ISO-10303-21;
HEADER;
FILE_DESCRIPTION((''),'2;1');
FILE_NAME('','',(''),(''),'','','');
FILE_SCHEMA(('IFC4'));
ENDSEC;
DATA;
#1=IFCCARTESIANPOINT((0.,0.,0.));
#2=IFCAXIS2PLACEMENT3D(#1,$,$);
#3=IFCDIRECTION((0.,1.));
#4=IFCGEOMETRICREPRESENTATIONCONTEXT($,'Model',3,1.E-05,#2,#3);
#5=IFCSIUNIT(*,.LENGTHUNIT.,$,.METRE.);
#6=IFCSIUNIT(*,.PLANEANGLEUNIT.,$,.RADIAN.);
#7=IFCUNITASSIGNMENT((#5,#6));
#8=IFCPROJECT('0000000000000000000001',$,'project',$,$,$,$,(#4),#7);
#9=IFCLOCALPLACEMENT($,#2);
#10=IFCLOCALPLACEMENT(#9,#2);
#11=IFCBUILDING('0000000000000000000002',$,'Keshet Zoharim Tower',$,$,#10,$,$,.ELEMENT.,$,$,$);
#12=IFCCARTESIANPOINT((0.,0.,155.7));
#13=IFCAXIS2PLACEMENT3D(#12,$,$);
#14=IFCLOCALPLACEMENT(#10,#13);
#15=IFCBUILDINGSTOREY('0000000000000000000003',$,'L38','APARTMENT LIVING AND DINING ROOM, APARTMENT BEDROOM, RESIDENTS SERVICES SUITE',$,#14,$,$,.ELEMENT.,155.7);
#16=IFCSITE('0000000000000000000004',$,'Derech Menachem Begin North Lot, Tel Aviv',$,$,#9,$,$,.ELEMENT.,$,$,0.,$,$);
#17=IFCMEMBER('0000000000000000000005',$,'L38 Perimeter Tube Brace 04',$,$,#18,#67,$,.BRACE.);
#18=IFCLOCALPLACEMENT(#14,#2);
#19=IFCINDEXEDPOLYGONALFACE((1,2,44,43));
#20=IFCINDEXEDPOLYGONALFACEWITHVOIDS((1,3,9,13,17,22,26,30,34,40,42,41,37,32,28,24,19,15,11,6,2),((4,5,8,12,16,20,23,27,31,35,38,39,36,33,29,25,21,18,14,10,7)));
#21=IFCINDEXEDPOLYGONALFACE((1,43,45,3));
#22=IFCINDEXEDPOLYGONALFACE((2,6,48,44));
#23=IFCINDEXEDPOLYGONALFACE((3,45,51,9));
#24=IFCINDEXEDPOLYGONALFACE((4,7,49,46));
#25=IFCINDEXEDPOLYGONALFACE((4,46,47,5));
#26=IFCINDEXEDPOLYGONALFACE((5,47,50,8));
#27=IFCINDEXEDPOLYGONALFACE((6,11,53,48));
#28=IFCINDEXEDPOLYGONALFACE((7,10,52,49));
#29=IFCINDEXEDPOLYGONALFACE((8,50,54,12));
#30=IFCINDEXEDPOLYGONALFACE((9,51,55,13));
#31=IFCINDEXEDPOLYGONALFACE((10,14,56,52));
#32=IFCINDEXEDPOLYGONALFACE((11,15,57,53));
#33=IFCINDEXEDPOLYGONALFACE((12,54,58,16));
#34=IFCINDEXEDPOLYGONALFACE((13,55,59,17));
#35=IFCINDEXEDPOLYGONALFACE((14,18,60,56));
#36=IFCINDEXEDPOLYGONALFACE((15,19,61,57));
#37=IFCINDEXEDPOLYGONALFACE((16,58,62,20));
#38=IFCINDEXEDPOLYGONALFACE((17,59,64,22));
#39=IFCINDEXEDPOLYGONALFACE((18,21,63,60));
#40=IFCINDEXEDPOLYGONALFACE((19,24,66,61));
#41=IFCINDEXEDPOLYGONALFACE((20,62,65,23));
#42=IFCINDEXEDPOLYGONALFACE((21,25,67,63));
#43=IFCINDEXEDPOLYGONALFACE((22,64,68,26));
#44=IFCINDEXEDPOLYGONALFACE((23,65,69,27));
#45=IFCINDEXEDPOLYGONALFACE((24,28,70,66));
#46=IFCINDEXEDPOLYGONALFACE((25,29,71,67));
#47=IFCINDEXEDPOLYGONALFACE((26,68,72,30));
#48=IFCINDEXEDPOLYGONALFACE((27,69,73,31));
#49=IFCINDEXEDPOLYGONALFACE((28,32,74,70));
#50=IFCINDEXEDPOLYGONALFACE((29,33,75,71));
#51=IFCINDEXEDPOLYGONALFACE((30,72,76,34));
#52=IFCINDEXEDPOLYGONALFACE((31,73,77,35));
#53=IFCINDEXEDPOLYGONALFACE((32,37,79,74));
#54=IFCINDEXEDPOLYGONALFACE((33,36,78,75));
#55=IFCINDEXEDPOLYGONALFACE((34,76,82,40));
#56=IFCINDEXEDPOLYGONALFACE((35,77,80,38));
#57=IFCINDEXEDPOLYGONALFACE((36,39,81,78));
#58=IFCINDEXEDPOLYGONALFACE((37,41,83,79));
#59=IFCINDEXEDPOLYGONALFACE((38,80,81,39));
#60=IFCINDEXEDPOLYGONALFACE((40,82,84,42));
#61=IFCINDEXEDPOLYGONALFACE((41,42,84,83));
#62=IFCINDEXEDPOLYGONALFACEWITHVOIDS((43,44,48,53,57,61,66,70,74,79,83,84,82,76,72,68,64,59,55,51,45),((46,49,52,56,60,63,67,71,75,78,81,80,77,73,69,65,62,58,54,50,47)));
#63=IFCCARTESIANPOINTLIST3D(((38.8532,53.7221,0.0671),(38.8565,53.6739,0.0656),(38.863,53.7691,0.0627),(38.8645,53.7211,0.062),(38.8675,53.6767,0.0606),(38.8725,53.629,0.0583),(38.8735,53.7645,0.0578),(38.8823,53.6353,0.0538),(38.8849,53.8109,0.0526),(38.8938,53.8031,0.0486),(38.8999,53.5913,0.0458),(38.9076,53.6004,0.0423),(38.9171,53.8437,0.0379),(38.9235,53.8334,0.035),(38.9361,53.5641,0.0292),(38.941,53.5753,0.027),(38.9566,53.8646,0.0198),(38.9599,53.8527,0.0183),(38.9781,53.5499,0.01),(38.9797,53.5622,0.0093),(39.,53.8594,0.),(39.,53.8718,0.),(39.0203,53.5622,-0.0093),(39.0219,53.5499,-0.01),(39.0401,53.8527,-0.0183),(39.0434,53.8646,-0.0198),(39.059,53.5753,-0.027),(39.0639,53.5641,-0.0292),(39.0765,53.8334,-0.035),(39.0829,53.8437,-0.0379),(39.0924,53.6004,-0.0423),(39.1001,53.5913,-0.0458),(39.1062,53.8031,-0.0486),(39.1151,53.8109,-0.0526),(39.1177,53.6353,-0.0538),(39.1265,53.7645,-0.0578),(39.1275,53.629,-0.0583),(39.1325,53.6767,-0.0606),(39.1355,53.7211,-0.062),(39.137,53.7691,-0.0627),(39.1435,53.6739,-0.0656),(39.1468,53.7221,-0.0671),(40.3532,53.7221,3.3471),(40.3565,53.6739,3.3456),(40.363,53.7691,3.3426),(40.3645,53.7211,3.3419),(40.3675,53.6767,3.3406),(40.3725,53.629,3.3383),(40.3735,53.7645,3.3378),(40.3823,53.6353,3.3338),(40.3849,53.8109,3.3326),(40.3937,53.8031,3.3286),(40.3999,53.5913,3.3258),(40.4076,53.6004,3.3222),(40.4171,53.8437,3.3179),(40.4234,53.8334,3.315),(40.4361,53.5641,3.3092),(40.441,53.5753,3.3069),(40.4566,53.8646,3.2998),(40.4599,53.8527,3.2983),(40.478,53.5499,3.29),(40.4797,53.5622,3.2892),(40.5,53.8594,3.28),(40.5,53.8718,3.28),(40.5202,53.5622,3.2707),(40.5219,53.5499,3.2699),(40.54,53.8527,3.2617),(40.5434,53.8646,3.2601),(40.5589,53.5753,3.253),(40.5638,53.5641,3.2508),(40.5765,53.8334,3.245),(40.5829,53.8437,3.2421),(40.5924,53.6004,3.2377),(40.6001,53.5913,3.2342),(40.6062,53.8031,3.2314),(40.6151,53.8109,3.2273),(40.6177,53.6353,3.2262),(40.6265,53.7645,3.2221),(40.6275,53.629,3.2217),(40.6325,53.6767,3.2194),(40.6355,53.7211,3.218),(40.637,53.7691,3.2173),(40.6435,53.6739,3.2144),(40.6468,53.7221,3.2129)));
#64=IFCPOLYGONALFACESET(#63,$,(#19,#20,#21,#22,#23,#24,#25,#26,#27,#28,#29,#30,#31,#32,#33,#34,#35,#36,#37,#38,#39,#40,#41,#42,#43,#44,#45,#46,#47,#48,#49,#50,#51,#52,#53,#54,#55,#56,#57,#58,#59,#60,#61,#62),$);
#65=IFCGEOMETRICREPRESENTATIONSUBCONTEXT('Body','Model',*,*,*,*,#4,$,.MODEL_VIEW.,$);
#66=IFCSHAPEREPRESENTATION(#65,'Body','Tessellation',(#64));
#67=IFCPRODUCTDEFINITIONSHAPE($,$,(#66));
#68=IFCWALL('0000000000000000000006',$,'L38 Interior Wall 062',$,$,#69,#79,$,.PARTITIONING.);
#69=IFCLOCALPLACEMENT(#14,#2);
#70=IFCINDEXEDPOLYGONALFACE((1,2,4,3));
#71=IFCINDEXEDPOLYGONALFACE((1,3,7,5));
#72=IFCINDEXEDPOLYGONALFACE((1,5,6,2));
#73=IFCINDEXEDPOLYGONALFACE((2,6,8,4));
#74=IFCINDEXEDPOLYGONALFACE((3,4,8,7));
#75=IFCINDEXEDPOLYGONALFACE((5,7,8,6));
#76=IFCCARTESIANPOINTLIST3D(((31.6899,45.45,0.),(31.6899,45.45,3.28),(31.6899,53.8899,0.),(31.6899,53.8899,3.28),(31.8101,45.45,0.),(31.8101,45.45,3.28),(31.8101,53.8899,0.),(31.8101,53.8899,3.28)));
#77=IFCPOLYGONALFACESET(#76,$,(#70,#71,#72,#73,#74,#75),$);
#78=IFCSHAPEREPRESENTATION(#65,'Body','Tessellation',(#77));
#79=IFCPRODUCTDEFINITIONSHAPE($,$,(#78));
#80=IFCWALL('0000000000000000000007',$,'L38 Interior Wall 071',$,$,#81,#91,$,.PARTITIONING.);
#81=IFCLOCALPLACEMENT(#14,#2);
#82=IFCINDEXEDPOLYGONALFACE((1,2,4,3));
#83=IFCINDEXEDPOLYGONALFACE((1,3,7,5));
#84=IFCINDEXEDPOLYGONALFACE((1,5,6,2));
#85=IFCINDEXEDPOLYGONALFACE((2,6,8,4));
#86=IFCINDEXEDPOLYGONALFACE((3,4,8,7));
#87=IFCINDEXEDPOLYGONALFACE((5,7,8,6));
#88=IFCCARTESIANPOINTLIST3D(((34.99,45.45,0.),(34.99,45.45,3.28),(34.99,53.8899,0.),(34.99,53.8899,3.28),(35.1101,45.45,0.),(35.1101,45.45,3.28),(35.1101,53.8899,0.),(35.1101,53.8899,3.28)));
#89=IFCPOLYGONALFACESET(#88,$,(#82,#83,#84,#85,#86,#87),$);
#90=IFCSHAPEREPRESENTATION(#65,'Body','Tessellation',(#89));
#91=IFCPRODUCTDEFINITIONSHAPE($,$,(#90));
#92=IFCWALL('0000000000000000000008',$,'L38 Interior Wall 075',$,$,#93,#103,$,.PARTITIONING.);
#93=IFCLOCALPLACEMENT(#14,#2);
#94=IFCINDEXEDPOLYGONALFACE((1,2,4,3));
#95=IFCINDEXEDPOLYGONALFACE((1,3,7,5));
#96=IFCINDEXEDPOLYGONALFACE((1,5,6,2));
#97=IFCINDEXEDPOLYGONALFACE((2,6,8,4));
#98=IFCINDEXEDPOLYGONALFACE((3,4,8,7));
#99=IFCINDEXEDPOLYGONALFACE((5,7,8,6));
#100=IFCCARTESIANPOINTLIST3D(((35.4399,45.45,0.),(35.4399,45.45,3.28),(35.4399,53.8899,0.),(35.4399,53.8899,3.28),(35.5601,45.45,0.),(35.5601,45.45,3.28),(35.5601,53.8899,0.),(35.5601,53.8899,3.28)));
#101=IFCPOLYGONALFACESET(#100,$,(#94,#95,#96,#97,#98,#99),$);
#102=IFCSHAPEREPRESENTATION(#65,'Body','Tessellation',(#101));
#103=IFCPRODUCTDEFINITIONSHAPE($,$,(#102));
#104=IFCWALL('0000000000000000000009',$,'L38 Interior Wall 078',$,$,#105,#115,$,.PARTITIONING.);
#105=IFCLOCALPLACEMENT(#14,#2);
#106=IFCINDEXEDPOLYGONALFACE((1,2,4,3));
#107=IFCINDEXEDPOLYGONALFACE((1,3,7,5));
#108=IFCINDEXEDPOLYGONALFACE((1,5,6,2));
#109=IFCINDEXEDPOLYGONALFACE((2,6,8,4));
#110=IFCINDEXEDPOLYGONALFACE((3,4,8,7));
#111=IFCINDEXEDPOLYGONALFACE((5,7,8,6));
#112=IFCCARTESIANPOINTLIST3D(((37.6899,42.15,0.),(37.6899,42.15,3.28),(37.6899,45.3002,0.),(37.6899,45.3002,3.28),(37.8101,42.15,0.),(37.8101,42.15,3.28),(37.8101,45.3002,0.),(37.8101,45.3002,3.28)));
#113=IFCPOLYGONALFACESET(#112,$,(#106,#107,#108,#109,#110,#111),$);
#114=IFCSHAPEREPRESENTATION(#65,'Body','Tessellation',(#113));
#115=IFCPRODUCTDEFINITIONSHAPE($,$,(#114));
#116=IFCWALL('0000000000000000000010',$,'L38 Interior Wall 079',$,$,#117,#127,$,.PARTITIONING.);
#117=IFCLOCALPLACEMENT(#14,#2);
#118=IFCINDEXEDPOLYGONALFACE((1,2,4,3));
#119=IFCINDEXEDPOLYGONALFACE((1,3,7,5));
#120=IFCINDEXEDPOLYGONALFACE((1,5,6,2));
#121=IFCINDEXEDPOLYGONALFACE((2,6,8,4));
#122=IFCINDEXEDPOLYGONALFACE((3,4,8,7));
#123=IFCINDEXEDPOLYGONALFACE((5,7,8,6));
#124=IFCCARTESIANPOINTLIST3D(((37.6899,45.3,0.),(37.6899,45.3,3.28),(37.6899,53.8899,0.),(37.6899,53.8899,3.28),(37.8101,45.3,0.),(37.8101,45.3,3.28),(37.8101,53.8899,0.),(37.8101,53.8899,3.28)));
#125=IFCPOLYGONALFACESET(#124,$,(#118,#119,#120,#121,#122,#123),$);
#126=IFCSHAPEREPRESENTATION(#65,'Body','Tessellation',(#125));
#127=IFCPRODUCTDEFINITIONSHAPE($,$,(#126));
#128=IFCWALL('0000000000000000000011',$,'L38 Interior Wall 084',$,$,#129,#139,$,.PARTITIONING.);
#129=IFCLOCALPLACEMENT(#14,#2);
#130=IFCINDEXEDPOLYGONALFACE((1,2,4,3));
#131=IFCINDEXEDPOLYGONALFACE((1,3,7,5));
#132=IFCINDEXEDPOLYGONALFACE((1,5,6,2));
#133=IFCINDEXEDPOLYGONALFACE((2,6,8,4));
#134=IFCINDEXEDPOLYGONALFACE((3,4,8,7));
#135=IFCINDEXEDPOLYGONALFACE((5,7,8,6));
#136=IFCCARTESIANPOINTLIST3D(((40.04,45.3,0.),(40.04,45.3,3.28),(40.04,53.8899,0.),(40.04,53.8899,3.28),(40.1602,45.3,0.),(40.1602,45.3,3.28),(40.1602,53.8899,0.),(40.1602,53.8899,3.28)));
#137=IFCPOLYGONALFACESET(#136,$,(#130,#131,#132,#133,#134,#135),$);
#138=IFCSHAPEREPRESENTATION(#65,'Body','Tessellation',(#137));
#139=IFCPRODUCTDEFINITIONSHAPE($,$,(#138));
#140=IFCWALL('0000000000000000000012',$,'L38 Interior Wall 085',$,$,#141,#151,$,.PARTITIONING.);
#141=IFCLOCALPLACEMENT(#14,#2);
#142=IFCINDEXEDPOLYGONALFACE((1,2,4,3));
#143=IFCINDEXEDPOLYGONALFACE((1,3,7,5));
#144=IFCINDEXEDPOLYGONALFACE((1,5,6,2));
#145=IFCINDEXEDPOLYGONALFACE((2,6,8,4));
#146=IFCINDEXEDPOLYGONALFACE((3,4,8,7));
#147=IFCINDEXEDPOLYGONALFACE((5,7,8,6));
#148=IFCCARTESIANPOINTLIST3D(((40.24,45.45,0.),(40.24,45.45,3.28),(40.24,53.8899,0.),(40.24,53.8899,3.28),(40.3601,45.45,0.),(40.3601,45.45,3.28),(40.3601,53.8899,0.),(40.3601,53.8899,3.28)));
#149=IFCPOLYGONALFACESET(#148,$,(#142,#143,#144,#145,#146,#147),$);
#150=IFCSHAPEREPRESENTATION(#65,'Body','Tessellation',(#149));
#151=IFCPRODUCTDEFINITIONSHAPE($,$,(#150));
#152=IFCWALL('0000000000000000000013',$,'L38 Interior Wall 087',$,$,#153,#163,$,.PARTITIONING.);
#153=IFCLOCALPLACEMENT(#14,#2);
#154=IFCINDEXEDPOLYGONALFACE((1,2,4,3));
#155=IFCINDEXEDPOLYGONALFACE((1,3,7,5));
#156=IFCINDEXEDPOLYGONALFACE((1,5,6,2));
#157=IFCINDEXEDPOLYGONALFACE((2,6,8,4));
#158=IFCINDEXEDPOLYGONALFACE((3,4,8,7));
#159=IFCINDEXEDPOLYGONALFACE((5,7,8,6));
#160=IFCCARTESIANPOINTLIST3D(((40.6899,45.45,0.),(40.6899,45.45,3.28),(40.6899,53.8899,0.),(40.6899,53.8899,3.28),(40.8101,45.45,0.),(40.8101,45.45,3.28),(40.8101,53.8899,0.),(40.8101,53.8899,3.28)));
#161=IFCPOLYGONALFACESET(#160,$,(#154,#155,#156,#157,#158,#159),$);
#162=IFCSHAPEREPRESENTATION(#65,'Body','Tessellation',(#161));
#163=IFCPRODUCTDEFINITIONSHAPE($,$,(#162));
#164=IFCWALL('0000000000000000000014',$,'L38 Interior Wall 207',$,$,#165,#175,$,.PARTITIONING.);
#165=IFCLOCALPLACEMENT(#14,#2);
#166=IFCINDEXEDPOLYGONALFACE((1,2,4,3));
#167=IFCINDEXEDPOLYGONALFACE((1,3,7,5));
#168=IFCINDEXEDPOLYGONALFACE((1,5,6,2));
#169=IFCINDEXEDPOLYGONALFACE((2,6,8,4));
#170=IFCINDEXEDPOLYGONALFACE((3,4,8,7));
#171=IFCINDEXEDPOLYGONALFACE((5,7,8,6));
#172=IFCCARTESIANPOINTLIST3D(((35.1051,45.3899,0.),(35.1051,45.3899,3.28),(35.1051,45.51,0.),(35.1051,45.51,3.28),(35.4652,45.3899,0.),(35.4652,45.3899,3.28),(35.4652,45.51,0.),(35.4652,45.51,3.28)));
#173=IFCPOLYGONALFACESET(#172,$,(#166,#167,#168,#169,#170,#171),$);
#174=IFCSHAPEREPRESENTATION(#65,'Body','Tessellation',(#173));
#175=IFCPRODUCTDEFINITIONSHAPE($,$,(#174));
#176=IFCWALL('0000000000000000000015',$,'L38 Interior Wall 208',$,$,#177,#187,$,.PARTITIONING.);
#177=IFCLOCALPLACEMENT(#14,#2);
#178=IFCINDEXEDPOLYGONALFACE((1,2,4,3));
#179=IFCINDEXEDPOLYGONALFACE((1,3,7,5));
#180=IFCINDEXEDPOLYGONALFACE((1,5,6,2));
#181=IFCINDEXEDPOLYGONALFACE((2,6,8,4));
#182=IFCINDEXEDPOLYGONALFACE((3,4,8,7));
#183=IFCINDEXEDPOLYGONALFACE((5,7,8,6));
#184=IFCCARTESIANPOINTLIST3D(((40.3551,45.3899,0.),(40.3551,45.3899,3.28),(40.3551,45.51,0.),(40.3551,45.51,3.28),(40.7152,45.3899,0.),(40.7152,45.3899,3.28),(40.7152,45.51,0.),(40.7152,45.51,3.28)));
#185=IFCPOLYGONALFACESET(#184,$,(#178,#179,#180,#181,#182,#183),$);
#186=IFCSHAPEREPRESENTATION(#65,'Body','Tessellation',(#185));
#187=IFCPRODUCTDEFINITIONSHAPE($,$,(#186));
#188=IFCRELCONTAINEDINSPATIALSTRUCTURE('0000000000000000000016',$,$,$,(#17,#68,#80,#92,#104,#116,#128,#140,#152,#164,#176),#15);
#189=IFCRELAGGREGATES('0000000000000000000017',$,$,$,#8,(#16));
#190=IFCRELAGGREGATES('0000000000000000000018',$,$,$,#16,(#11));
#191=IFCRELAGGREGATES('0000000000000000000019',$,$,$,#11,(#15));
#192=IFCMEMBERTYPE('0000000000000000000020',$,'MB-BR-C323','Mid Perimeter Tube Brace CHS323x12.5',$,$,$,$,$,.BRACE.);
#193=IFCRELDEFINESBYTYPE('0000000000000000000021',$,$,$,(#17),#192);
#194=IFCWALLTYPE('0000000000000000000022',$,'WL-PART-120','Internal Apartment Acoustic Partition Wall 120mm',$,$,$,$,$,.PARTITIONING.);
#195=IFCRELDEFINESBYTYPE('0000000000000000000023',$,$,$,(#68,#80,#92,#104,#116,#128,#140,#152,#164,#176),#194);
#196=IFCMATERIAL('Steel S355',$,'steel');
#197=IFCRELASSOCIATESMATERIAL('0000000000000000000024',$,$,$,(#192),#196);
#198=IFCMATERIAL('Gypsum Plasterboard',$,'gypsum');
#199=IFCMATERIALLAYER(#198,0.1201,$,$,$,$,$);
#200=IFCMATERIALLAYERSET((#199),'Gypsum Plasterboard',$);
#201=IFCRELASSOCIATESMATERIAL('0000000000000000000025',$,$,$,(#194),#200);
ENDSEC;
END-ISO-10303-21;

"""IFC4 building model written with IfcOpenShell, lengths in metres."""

from ifc_helpers import new_model, si_unit, direction, frame, frame_2d, origin, origin_2d, place, context, subcontext, project, spatial, rectangle, hollow_circle, extrude, material, layer, layer_set, material_profile, profile_set, type_object, element, save


model = new_model("IFC4")

# Units and contexts
model_context = context("Model", 3, precision=1e-05, world=origin(), true_north=direction((0.0, 1.0)))
body_context = subcontext(model_context, "Body", "Model", "MODEL_VIEW")
ifc_project = project(units=[si_unit("LENGTHUNIT", "METRE"), si_unit("PLANEANGLEUNIT", "RADIAN")], contexts=[model_context])

# Site, building, storey
site_placement = place(None, origin())
site = spatial("IfcSite", under=ifc_project, at=site_placement, Name="Derech Menachem Begin North Lot, Tel Aviv", CompositionType="ELEMENT", RefElevation=0.0)
building_placement = place(site_placement, origin())
building = spatial("IfcBuilding", under=site, at=building_placement, Name="Keshet Zoharim Tower", CompositionType="ELEMENT")
storey_placement = place(building_placement, frame((0.0, 0.0, 155.7)))
storey = spatial("IfcBuildingStorey", under=building, at=storey_placement, Name="L38", Description="APARTMENT LIVING AND DINING ROOM, APARTMENT BEDROOM, RESIDENTS SERVICES SUITE", CompositionType="ELEMENT", Elevation=155.7)

# Member
ifc_material_1 = material(Name="Steel S355", Category="steel")
ifc_material_profile = material_profile(ifc_material_1, hollow_circle(Radius=0.1619, WallThickness=0.0125, at=origin_2d()), Name="CHS323x12.5")
ifc_profile_set = profile_set([ifc_material_profile], Name="Steel S355")
member_type = type_object("IfcMemberType", Name="MB-BR-C323", Description="Mid Perimeter Tube Brace CHS323x12.5", PredefinedType="BRACE", material=ifc_profile_set)
member_placement = place(storey_placement, frame((39.0, 53.71, 0.0), z_axis=(0.415888, 0.0, 0.909416), x_axis=(0.0, 1.0, 0.0)))
element("IfcMember", 1, at=member_placement, inside=storey, type_object=member_type, Name="L38 Perimeter Tube Brace 04", PredefinedType="BRACE", context=body_context, shape_type="SweptSolid", body=[
    extrude(hollow_circle(Radius=0.1619, WallThickness=0.0125, at=origin_2d()), origin(), (0.0, 0.0, 1.0), 3.6067),
])

# Walls
ifc_material_2 = material(Name="Gypsum Plasterboard", Category="gypsum")
ifc_layer_1 = layer(ifc_material_2, 0.1201)
ifc_layer_set_1 = layer_set([ifc_layer_1], Name="Gypsum Plasterboard")
wall_type_1 = type_object("IfcWallType", Name="WL-PART-120", Description="Internal Apartment Acoustic Partition Wall 120mm", PredefinedType="PARTITIONING", material=ifc_layer_set_1)
for number, where, z_axis, x_axis, name in (
    (2, (31.75, 45.45, 0.0), (0.0, 0.0, 1.0), (0.0, 1.0, 0.0), "L38 Interior Wall 062"),
    (3, (35.05, 45.45, 0.0), (0.0, 0.0, 1.0), (0.0, 1.0, 0.0), "L38 Interior Wall 071"),
    (4, (35.5, 45.45, 0.0), (0.0, 0.0, 1.0), (0.0, 1.0, 0.0), "L38 Interior Wall 075"),
):
    element("IfcWall", number, at=place(storey_placement, frame(where, z_axis=z_axis, x_axis=x_axis)), inside=storey, type_object=wall_type_1, Name=name, PredefinedType="PARTITIONING", context=body_context, shape_type="SweptSolid", body=[
        extrude(rectangle(XDim=8.4399, YDim=0.1201, at=frame_2d((4.22, 0.0))), origin(), (0.0, 0.0, 1.0), 3.28),
    ])
wall_1_placement = place(storey_placement, frame((37.75, 42.1499, 0.0), z_axis=(0.0, 0.0, 1.0), x_axis=(0.0, 1.0, 0.0)))
element("IfcWall", 5, at=wall_1_placement, inside=storey, type_object=wall_type_1, Name="L38 Interior Wall 078", PredefinedType="PARTITIONING", context=body_context, shape_type="SweptSolid", body=[
    extrude(rectangle(XDim=3.1501, YDim=0.1201, at=frame_2d((1.5752, 0.0))), origin(), (0.0, 0.0, 1.0), 3.28),
])
for number, where, z_axis, x_axis, name in (
    (6, (37.75, 45.3, 0.0), (0.0, 0.0, 1.0), (0.0, 1.0, 0.0), "L38 Interior Wall 079"),
    (7, (40.1001, 45.3, 0.0), (0.0, 0.0, 1.0), (0.0, 1.0, 0.0), "L38 Interior Wall 084"),
):
    element("IfcWall", number, at=place(storey_placement, frame(where, z_axis=z_axis, x_axis=x_axis)), inside=storey, type_object=wall_type_1, Name=name, PredefinedType="PARTITIONING", context=body_context, shape_type="SweptSolid", body=[
        extrude(rectangle(XDim=8.5898, YDim=0.1201, at=frame_2d((4.2949, 0.0))), origin(), (0.0, 0.0, 1.0), 3.28),
    ])
for number, where, z_axis, x_axis, name in (
    (8, (40.3, 45.45, 0.0), (0.0, 0.0, 1.0), (0.0, 1.0, 0.0), "L38 Interior Wall 085"),
    (9, (40.75, 45.45, 0.0), (0.0, 0.0, 1.0), (0.0, 1.0, 0.0), "L38 Interior Wall 087"),
):
    element("IfcWall", number, at=place(storey_placement, frame(where, z_axis=z_axis, x_axis=x_axis)), inside=storey, type_object=wall_type_1, Name=name, PredefinedType="PARTITIONING", context=body_context, shape_type="SweptSolid", body=[
        extrude(rectangle(XDim=8.4399, YDim=0.1201, at=frame_2d((4.22, 0.0))), origin(), (0.0, 0.0, 1.0), 3.28),
    ])

# Walls
for number, where, z_axis, x_axis, name in (
    (10, (35.105, 45.45, 0.0), (0.0, 0.0, 1.0), (1.0, 0.0, 0.0), "L38 Interior Wall 207"),
    (11, (40.355, 45.45, 0.0), (0.0, 0.0, 1.0), (1.0, 0.0, 0.0), "L38 Interior Wall 208"),
):
    element("IfcWall", number, at=place(storey_placement, frame(where, z_axis=z_axis, x_axis=x_axis)), inside=storey, type_object=wall_type_1, Name=name, PredefinedType="PARTITIONING", context=body_context, shape_type="SweptSolid", body=[
        extrude(rectangle(XDim=0.3601, YDim=0.1201, at=frame_2d((0.1802, 0.0))), origin(), (0.0, 0.0, 1.0), 3.28),
    ])

save(model, "model.ifc")
